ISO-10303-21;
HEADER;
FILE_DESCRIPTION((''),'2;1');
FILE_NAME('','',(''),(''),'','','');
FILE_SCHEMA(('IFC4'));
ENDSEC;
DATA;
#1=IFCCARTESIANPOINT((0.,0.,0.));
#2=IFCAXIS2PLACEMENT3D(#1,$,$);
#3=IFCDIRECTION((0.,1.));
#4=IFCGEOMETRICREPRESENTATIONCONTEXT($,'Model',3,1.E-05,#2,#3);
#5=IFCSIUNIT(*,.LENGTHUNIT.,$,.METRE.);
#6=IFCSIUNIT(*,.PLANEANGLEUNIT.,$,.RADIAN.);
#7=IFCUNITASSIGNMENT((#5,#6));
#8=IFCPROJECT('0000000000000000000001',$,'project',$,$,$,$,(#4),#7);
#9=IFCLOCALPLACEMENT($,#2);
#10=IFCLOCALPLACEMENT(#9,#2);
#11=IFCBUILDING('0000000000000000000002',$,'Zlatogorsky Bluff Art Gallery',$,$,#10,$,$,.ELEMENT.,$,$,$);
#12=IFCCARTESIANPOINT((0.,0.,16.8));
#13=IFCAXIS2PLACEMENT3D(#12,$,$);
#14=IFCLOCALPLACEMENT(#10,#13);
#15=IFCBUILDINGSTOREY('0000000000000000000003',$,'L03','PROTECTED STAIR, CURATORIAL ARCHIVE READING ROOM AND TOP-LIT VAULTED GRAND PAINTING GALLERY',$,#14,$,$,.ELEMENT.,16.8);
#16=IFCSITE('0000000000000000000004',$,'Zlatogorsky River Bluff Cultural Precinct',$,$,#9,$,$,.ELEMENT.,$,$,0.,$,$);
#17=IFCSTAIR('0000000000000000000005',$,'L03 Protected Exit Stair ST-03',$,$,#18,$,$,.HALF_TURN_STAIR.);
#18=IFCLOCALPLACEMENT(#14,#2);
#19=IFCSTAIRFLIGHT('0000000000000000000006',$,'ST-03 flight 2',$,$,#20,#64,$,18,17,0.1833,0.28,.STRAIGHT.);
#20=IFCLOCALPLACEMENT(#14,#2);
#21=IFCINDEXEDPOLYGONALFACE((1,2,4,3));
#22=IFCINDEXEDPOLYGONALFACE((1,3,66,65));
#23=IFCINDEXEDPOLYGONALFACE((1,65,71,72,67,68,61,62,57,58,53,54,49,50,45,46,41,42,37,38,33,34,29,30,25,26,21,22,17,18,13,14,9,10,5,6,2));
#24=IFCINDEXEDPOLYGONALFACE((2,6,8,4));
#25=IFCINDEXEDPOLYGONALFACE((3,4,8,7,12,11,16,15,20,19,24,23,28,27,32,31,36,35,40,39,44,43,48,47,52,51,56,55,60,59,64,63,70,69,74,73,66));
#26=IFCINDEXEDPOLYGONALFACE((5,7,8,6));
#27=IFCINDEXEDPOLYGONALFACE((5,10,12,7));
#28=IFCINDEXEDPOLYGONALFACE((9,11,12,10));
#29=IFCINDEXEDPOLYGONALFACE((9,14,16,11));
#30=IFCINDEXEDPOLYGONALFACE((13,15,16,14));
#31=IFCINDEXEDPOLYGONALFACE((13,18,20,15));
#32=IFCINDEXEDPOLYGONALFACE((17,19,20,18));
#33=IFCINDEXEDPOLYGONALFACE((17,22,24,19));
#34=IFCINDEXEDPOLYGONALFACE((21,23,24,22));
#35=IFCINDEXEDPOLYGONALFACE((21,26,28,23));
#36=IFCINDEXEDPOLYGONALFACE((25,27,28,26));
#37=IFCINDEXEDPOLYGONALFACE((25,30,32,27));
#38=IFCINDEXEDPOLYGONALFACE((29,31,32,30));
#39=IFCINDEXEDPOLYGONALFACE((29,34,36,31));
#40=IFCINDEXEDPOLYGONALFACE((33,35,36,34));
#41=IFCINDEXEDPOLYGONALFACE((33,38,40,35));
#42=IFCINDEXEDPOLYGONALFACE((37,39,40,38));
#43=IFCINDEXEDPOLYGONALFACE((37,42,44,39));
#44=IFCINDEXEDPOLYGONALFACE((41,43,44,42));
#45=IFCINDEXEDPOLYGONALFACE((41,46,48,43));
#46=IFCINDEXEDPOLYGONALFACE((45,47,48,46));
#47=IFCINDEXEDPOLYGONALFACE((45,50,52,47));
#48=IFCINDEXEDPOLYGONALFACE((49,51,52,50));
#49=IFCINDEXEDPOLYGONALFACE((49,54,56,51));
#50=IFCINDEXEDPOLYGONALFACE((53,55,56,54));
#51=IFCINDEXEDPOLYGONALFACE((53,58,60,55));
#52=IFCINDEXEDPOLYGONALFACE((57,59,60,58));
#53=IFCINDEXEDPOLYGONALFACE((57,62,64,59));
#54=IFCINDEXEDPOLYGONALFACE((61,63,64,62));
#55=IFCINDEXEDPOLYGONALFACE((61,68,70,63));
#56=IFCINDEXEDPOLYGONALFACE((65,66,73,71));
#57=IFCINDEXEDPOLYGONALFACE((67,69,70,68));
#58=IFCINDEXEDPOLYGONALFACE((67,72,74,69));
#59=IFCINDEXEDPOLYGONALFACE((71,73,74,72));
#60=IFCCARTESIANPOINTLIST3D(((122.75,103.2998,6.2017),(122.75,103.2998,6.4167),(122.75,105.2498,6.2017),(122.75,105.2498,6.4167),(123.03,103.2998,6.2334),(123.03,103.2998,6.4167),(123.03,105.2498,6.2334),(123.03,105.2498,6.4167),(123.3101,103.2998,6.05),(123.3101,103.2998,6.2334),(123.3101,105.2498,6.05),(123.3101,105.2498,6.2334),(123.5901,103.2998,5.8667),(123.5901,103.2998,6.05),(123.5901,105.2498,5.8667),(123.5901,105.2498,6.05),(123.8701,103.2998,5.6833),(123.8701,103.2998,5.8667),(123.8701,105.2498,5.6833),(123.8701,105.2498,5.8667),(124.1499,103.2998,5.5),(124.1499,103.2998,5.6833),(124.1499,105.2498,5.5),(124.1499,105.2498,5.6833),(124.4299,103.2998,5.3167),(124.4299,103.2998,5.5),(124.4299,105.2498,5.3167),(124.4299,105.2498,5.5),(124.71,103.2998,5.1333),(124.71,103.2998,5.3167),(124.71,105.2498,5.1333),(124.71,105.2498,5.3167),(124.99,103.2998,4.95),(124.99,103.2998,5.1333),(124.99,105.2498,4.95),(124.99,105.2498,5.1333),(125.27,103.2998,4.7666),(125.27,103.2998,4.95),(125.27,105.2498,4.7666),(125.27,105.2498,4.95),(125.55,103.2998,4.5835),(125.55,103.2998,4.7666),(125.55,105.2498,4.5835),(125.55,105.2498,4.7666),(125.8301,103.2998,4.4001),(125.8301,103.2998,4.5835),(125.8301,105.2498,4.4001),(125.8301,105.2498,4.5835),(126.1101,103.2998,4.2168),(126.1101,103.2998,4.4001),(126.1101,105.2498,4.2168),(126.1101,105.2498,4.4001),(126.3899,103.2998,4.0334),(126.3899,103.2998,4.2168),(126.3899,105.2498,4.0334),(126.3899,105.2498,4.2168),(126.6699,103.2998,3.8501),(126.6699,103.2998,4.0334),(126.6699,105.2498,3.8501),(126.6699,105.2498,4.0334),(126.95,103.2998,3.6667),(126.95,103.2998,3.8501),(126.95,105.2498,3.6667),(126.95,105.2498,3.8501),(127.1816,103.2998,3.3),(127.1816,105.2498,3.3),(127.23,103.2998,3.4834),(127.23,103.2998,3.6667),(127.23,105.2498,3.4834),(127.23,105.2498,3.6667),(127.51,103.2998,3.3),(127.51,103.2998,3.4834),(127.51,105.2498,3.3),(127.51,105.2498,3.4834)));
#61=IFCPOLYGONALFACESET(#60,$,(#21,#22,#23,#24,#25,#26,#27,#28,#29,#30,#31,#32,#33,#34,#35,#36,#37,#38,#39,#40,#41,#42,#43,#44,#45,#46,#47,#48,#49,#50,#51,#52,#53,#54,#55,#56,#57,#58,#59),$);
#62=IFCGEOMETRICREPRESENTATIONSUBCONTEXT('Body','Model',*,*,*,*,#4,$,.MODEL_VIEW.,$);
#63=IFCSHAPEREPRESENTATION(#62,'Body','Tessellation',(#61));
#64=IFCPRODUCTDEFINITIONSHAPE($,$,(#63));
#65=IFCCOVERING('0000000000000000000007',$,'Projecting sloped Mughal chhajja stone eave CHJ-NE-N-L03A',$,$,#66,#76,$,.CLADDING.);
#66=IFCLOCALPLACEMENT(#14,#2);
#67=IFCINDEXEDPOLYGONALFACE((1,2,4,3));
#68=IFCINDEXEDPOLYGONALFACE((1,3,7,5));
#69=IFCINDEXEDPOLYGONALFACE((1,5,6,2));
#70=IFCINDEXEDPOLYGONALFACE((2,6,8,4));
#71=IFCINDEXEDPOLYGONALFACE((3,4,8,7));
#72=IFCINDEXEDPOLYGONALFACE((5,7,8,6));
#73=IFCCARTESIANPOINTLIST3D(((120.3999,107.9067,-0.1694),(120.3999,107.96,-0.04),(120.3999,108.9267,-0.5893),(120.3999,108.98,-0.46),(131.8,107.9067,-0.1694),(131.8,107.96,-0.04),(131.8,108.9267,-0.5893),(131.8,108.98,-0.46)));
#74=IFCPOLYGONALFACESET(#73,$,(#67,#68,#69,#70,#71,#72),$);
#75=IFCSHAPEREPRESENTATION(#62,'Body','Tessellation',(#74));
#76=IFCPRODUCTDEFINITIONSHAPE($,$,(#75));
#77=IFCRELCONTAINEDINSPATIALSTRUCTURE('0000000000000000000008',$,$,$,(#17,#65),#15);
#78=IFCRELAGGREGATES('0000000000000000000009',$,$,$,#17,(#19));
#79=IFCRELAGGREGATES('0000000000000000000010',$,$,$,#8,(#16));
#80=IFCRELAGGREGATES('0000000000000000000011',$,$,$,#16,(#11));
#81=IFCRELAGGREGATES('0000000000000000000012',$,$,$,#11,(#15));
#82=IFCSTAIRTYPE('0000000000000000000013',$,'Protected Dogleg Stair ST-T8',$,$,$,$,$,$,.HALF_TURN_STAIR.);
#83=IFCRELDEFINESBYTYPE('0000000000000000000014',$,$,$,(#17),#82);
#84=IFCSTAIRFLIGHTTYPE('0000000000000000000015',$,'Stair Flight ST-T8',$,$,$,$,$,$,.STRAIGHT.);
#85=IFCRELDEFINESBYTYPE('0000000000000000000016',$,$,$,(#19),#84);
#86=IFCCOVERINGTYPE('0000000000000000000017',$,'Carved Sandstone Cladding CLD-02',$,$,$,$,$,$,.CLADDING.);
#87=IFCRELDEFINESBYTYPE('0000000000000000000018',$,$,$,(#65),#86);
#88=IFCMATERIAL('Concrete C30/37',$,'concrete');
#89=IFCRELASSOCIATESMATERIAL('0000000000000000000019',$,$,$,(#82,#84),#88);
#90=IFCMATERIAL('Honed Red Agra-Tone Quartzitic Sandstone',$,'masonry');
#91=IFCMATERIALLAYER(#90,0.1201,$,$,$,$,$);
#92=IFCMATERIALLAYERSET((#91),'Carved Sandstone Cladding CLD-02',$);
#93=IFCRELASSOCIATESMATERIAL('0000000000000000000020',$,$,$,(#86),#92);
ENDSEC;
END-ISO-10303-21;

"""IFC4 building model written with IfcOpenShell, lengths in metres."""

from ifc_helpers import new_model, si_unit, direction, frame, origin, place, context, subcontext, project, spatial, polyline, outline, extrude, material, layer, layer_set, type_object, element, aggregate, save


model = new_model("IFC4")

# Units and contexts
model_context = context("Model", 3, precision=1e-05, world=origin(), true_north=direction((0.0, 1.0)))
body_context = subcontext(model_context, "Body", "Model", "MODEL_VIEW")
ifc_project = project(units=[si_unit("LENGTHUNIT", "METRE"), si_unit("PLANEANGLEUNIT", "RADIAN")], contexts=[model_context])

# Site, building, storey
site_placement = place(None, origin())
site = spatial("IfcSite", under=ifc_project, at=site_placement, Name="Zlatogorsky River Bluff Cultural Precinct", CompositionType="ELEMENT", RefElevation=0.0)
building_placement = place(site_placement, origin())
building = spatial("IfcBuilding", under=site, at=building_placement, Name="Zlatogorsky Bluff Art Gallery", CompositionType="ELEMENT")
storey_placement = place(building_placement, frame((0.0, 0.0, 16.8)))
storey = spatial("IfcBuildingStorey", under=building, at=storey_placement, Name="L03", Description="PROTECTED STAIR, CURATORIAL ARCHIVE READING ROOM AND TOP-LIT VAULTED GRAND PAINTING GALLERY", CompositionType="ELEMENT", Elevation=16.8)

# Shared definitions
ifc_material_1 = material(Name="Concrete C30/37", Category="concrete")

# Stair, stair flight
stair_type = type_object("IfcStairType", Name="Protected Dogleg Stair ST-T8", PredefinedType="HALF_TURN_STAIR", material=ifc_material_1)
stair_placement = place(storey_placement, origin())
stair = element("IfcStair", 1, at=stair_placement, inside=storey, type_object=stair_type, Name="L03 Protected Exit Stair ST-03", PredefinedType="HALF_TURN_STAIR")
stair_flight_type = type_object("IfcStairFlightType", Name="Stair Flight ST-T8", PredefinedType="STRAIGHT", material=ifc_material_1)
stair_flight_placement = place(storey_placement, frame((127.51, 104.2749, 3.3), z_axis=(0.0, 0.0, 1.0), x_axis=(-1.0, 0.0, 0.0)))
stair_flight = element("IfcStairFlight", 2, at=stair_flight_placement, type_object=stair_flight_type, Name="ST-03 flight 2", NumberOfRisers=18, NumberOfTreads=17, PredefinedType="STRAIGHT", RiserHeight=0.1833, TreadLength=0.28, context=body_context, shape_type="SweptSolid", body=[
    extrude(outline(polyline([(0.0, 0.0), (0.0, 0.1833), (0.28, 0.1833), (0.28, 0.3667), (0.5601, 0.3667), (0.5601, 0.55), (0.8401, 0.55), (0.8401, 0.7334), (1.1201, 0.7334), (1.1201, 0.9167), (1.3999, 0.9167), (1.3999, 1.1001), (1.6799, 1.1001), (1.6799, 1.2834), (1.96, 1.2834), (1.96, 1.4666), (2.24, 1.4666), (2.24, 1.6499), (2.52, 1.6499), (2.52, 1.8333), (2.8, 1.8333), (2.8, 2.0166), (3.0801, 2.0166), (3.0801, 2.2), (3.3601, 2.2), (3.3601, 2.3833), (3.6399, 2.3833), (3.6399, 2.5667), (3.9199, 2.5667), (3.9199, 2.75), (4.2, 2.75), (4.2, 2.9333), (4.48, 2.9333), (4.48, 3.1167), (4.76, 3.1167), (4.76, 3.3), (4.76, 2.9016), (0.3284, 0.0), (0.0, 0.0)])), frame((0.0, 0.9751, 0.0), z_axis=(0.0, -1.0, 0.0), x_axis=(1.0, 0.0, 0.0)), (0.0, 0.0, 1.0), 1.95),
])
aggregate(stair, [stair_flight])

# Covering
ifc_material_2 = material(Name="Honed Red Agra-Tone Quartzitic Sandstone", Category="masonry")
ifc_layer_1 = layer(ifc_material_2, 0.1201)
ifc_layer_set_1 = layer_set([ifc_layer_1], Name="Carved Sandstone Cladding CLD-02")
covering_type = type_object("IfcCoveringType", Name="Carved Sandstone Cladding CLD-02", PredefinedType="CLADDING", material=ifc_layer_set_1)
covering_placement = place(storey_placement, frame((120.3999, 107.96, -0.04), z_axis=(0.0, 0.380683, 0.924706), x_axis=(1.0, 0.0, 0.0)))
element("IfcCovering", 3, at=covering_placement, inside=storey, type_object=covering_type, Name="Projecting sloped Mughal chhajja stone eave CHJ-NE-N-L03A", PredefinedType="CLADDING", context=body_context, shape_type="SweptSolid", body=[
    extrude(outline(polyline([(0.0, 0.0), (11.4001, 0.0), (11.4001, 1.1031), (0.0, 1.1031), (0.0, 0.0)])), origin(), (0.0, 0.0, -1.0), 0.1399),
])

save(model, "model.ifc")
